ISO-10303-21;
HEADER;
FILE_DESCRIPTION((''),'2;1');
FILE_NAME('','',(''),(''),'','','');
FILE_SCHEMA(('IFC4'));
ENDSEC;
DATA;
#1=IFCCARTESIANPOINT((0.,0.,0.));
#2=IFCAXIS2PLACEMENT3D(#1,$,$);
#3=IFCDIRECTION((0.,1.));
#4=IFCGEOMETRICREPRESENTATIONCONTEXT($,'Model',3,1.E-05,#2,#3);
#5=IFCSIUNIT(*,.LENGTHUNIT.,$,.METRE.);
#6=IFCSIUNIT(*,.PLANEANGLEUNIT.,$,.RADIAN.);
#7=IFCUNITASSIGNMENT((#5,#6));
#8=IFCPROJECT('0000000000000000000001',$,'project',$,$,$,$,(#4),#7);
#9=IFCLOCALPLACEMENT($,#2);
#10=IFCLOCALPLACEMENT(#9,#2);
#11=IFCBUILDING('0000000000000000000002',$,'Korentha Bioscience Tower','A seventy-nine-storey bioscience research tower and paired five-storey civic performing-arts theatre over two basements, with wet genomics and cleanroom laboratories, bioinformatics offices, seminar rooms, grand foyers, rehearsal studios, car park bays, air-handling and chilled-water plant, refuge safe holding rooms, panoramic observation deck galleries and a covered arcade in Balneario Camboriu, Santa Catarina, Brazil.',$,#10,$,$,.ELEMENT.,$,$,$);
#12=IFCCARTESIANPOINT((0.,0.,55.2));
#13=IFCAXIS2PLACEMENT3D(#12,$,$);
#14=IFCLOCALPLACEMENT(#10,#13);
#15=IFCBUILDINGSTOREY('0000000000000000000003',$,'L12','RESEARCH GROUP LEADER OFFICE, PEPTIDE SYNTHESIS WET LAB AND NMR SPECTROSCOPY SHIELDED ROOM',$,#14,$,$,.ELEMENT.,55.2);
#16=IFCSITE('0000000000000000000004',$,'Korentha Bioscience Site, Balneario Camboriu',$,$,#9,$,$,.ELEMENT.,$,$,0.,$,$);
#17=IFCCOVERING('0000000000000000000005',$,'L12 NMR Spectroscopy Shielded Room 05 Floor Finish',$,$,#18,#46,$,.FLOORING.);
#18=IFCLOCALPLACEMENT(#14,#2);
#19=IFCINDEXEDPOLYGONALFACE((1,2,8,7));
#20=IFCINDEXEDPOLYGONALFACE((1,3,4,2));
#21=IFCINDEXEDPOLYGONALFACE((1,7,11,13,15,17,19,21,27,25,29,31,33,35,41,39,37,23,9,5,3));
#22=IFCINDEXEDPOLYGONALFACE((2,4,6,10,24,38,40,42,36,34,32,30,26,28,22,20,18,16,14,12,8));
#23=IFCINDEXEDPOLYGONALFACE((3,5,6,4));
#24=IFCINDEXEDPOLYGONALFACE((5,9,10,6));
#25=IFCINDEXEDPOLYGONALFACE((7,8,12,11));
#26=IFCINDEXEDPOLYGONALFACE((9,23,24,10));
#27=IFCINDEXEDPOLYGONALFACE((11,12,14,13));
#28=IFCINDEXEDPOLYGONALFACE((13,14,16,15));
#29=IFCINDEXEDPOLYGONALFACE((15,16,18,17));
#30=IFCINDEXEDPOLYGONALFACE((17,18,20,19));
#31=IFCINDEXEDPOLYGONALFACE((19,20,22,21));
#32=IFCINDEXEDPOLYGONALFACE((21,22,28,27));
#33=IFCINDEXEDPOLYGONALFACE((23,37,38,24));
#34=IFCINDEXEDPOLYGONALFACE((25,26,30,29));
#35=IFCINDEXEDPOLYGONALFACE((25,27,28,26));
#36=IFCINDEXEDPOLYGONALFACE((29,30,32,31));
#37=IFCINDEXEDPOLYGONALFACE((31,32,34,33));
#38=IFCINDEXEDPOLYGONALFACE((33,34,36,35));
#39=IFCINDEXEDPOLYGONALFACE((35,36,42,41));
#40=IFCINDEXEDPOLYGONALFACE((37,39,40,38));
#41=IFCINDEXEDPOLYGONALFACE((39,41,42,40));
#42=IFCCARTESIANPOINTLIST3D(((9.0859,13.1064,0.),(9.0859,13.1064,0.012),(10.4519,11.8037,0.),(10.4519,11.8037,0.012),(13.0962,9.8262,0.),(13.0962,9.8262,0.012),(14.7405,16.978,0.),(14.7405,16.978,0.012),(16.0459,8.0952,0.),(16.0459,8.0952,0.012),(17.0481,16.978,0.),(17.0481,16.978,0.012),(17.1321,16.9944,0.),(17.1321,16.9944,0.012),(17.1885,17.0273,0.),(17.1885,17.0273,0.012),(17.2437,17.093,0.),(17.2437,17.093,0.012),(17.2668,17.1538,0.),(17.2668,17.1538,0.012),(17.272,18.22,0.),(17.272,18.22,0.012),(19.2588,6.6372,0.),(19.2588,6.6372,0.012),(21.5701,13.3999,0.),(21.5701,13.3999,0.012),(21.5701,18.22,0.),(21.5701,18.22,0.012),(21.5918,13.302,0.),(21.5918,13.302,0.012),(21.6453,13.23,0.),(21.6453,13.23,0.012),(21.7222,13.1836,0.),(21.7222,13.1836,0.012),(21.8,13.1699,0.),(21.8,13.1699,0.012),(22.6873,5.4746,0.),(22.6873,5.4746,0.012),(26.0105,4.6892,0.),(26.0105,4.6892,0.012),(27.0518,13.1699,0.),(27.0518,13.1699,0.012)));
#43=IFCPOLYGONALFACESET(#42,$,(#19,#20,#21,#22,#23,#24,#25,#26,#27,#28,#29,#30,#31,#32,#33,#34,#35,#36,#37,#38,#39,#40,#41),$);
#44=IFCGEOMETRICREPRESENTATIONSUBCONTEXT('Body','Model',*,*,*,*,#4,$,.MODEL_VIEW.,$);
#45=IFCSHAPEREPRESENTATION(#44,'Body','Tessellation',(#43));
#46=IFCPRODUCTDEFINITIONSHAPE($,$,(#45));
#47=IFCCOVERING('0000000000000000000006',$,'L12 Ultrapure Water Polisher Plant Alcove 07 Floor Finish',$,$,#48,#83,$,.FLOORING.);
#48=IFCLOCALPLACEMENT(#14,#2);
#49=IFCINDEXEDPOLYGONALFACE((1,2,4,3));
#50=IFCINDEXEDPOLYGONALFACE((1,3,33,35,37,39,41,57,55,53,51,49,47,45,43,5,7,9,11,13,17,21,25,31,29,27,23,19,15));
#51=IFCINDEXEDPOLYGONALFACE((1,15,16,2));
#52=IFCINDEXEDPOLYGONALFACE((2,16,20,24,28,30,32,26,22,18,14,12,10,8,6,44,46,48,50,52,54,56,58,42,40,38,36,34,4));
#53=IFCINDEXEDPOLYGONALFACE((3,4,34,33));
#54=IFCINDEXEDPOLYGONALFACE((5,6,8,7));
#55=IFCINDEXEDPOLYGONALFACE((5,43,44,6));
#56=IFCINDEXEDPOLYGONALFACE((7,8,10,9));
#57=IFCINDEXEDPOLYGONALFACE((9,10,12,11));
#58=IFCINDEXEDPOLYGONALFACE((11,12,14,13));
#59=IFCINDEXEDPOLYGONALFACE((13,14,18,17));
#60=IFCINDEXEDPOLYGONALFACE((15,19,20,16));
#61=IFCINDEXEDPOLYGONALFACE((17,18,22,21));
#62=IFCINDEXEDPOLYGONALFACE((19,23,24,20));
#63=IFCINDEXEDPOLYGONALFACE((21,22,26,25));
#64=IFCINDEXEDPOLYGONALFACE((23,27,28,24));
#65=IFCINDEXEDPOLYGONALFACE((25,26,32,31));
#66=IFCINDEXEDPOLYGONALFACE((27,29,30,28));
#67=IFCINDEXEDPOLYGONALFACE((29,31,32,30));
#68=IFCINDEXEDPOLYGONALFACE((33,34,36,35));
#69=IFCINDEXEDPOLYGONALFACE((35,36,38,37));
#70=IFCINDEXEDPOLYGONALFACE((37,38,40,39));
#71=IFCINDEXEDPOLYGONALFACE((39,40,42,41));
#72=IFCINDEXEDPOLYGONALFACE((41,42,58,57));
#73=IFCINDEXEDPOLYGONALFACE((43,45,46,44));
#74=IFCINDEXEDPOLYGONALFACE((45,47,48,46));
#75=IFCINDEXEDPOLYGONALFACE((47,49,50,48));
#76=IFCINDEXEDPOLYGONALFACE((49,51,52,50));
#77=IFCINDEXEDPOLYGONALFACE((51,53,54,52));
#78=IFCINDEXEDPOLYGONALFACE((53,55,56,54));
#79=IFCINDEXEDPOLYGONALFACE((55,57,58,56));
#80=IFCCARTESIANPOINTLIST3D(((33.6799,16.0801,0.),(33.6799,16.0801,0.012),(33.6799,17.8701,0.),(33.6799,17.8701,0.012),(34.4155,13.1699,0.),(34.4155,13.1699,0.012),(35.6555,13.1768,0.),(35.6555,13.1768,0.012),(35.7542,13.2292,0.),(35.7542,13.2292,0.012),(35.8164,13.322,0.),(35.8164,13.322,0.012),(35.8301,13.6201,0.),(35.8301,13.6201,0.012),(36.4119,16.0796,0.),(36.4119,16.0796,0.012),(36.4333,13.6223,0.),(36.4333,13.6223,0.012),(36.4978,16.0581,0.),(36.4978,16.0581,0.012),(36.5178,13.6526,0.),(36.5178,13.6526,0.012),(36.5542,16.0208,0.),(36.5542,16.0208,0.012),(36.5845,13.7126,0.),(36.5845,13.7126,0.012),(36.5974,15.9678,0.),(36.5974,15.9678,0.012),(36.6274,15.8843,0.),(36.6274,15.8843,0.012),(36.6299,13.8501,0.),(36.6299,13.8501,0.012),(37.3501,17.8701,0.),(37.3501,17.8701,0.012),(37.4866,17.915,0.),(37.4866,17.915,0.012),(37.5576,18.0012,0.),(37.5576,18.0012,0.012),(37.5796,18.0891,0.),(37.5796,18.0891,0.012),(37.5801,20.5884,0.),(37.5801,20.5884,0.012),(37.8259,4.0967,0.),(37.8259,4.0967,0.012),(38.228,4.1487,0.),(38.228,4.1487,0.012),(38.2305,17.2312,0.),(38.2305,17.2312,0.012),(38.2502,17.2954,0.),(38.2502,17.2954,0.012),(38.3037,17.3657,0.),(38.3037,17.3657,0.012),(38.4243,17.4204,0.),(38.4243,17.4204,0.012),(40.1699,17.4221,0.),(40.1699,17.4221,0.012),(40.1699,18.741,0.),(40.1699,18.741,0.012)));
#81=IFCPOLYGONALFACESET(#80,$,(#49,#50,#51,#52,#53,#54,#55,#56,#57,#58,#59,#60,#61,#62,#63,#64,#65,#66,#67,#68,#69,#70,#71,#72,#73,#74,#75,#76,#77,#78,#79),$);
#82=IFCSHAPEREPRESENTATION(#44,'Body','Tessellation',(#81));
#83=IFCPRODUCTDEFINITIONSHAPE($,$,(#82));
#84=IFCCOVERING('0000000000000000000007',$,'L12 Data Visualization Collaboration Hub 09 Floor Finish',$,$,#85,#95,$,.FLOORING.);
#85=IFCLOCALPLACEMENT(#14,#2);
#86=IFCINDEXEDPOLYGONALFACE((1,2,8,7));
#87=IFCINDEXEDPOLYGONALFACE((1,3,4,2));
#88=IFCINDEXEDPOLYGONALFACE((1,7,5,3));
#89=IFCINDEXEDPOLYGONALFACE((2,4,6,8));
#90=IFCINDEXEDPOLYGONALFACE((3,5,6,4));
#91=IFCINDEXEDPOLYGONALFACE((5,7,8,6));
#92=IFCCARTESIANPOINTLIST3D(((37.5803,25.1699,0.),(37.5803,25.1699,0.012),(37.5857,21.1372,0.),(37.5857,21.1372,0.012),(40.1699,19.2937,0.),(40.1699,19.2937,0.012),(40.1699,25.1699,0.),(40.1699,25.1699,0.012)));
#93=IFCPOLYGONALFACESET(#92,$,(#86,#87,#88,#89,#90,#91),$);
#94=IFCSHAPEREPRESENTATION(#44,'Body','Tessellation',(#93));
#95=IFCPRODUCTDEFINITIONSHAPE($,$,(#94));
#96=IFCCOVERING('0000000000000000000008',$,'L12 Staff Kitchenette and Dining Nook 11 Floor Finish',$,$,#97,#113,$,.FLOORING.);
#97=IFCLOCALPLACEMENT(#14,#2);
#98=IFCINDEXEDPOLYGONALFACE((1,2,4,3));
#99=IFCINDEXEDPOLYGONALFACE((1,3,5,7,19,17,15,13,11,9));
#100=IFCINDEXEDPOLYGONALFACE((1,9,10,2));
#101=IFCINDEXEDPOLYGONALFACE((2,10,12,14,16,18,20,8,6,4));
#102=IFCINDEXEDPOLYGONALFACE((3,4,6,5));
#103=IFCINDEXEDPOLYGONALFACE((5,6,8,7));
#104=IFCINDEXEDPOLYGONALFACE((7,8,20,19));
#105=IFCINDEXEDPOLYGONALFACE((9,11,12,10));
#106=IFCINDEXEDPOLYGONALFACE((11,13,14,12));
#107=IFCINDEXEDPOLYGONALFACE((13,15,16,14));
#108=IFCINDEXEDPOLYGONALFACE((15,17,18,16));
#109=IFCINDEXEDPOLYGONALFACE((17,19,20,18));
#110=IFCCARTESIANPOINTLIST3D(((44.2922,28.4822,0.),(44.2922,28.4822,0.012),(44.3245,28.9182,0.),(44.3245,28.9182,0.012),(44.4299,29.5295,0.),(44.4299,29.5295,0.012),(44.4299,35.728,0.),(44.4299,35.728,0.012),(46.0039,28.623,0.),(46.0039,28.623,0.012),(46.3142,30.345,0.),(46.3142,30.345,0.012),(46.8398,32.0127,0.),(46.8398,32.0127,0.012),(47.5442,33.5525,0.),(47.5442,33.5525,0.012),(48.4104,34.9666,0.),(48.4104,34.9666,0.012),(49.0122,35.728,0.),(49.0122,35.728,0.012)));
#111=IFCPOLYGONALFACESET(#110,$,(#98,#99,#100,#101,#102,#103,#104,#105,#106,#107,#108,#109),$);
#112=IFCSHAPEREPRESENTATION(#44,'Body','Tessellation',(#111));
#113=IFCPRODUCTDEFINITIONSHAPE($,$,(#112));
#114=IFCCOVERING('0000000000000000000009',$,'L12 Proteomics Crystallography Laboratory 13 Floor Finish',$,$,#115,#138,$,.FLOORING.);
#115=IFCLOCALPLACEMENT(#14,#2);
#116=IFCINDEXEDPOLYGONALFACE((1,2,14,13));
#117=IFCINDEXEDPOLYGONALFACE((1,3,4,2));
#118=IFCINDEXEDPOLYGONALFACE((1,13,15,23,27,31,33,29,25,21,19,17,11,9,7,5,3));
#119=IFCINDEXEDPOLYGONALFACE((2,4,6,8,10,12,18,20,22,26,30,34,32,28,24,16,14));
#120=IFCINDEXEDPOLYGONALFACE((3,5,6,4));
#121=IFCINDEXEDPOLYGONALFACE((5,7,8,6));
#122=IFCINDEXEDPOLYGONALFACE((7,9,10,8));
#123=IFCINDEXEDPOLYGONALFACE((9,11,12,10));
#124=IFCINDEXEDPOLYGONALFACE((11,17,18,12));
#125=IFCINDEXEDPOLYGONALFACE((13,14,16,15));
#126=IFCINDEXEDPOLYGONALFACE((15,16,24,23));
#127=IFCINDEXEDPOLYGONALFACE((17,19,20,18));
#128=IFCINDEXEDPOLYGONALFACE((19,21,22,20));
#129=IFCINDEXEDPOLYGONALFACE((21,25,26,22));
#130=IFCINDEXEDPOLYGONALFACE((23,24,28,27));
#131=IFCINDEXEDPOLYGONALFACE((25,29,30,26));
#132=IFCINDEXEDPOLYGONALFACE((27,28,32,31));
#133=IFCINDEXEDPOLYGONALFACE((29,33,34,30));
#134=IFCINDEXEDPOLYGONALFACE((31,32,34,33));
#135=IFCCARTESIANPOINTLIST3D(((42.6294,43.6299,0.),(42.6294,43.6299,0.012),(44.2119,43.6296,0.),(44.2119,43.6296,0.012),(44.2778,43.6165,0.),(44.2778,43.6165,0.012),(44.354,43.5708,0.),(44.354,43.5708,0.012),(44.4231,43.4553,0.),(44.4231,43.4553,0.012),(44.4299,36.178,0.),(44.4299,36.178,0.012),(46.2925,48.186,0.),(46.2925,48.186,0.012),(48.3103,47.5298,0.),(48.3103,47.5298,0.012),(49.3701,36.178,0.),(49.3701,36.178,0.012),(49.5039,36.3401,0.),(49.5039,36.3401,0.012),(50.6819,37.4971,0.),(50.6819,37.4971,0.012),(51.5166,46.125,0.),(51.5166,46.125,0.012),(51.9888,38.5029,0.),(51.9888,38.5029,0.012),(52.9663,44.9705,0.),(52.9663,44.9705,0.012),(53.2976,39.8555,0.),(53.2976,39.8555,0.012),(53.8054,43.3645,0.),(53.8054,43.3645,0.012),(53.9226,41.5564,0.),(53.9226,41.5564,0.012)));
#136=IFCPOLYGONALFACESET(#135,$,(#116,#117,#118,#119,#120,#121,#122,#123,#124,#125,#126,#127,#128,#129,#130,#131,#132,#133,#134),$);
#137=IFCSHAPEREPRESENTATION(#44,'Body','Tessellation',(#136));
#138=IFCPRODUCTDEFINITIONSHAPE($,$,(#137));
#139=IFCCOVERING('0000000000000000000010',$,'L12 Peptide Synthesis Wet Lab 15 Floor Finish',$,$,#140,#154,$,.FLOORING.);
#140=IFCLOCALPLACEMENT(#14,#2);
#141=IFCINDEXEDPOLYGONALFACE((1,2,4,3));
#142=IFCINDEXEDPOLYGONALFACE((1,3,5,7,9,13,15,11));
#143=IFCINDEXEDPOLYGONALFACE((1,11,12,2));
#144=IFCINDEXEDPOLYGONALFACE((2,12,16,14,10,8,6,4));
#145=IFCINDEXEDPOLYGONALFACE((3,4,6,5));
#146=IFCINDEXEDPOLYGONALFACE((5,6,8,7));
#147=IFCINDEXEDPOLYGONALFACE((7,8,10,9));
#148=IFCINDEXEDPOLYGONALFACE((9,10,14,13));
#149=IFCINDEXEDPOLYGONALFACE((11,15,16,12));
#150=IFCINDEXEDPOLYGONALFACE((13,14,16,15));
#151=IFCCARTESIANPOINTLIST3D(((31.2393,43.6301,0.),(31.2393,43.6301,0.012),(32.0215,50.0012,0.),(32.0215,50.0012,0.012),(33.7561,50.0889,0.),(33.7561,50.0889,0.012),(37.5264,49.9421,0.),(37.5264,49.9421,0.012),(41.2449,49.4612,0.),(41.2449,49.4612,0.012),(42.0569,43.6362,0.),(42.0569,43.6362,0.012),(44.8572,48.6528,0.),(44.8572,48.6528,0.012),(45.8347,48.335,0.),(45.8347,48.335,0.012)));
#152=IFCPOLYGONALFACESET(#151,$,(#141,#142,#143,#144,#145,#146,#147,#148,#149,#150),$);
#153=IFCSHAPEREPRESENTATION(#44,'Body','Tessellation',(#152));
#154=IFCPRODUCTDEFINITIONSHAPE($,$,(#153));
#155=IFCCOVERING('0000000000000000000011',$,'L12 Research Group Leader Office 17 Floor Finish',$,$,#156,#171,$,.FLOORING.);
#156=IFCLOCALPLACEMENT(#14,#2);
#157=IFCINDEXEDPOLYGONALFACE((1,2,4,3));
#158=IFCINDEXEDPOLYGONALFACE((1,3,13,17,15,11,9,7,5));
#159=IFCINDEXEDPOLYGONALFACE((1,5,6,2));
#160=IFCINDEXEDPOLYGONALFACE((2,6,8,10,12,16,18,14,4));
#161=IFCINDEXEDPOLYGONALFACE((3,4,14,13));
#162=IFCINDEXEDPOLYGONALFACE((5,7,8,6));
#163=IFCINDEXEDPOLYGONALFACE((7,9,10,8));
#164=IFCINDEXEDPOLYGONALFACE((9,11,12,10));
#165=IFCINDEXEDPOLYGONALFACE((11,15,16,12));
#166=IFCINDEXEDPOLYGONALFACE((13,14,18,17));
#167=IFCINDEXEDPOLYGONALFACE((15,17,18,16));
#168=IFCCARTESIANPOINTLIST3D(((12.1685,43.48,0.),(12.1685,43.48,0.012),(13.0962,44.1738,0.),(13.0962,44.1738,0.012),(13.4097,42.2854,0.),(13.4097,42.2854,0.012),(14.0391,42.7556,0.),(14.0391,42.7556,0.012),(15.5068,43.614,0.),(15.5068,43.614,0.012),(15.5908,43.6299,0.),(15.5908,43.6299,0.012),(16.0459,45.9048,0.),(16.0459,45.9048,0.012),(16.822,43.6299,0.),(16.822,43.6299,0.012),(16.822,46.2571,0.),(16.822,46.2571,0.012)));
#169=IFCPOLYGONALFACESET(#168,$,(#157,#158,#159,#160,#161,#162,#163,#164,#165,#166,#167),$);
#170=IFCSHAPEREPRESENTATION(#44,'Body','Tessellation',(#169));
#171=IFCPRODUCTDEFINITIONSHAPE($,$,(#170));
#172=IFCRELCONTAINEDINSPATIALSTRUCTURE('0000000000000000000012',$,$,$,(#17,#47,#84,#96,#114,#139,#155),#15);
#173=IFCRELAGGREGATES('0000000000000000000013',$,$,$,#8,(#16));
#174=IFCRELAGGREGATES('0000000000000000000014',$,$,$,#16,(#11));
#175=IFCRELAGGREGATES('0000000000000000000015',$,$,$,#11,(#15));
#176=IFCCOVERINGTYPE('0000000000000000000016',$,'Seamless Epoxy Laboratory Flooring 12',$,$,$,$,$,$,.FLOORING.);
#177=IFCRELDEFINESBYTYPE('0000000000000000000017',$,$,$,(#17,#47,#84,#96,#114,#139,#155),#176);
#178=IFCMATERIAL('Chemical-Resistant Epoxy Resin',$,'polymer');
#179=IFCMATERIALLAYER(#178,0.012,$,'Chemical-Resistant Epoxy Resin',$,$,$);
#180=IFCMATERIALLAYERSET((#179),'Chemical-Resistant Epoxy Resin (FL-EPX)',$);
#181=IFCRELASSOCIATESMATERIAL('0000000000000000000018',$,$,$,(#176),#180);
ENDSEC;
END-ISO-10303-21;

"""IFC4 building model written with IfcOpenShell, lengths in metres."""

from ifc_helpers import new_model, si_unit, direction, frame, origin, place, context, subcontext, project, spatial, polyline, outline, extrude, material, layer, layer_set, type_object, element, save


model = new_model("IFC4")

# Units and contexts
model_context = context("Model", 3, precision=1e-05, world=origin(), true_north=direction((0.0, 1.0)))
body_context = subcontext(model_context, "Body", "Model", "MODEL_VIEW")
ifc_project = project(units=[si_unit("LENGTHUNIT", "METRE"), si_unit("PLANEANGLEUNIT", "RADIAN")], contexts=[model_context])

# Site, building, storey
site_placement = place(None, origin())
site = spatial("IfcSite", under=ifc_project, at=site_placement, Name="Korentha Bioscience Site, Balneario Camboriu", CompositionType="ELEMENT", RefElevation=0.0)
building_placement = place(site_placement, origin())
building = spatial("IfcBuilding", under=site, at=building_placement, Name="Korentha Bioscience Tower", Description="A seventy-nine-storey bioscience research tower and paired five-storey civic performing-arts theatre over two basements, with wet genomics and cleanroom laboratories, bioinformatics offices, seminar rooms, grand foyers, rehearsal studios, car park bays, air-handling and chilled-water plant, refuge safe holding rooms, panoramic observation deck galleries and a covered arcade in Balneario Camboriu, Santa Catarina, Brazil.", CompositionType="ELEMENT")
storey_placement = place(building_placement, frame((0.0, 0.0, 55.2)))
storey = spatial("IfcBuildingStorey", under=building, at=storey_placement, Name="L12", Description="RESEARCH GROUP LEADER OFFICE, PEPTIDE SYNTHESIS WET LAB AND NMR SPECTROSCOPY SHIELDED ROOM", CompositionType="ELEMENT", Elevation=55.2)

# Coverings
ifc_material_1 = material(Name="Chemical-Resistant Epoxy Resin", Category="polymer")
ifc_layer_1 = layer(ifc_material_1, 0.012, Name="Chemical-Resistant Epoxy Resin")
ifc_layer_set_1 = layer_set([ifc_layer_1], Name="Chemical-Resistant Epoxy Resin (FL-EPX)")
covering_type_1 = type_object("IfcCoveringType", Name="Seamless Epoxy Laboratory Flooring 12", PredefinedType="FLOORING", material=ifc_layer_set_1)
covering_1_placement = place(storey_placement, origin())
element("IfcCovering", 1, at=covering_1_placement, inside=storey, type_object=covering_type_1, Name="L12 NMR Spectroscopy Shielded Room 05 Floor Finish", PredefinedType="FLOORING", context=body_context, shape_type="SweptSolid", body=[
    extrude(outline(polyline([(17.0481, 16.978), (17.1321, 16.9944), (17.1885, 17.0273), (17.2437, 17.093), (17.2668, 17.1538), (17.272, 18.22), (21.5701, 18.22), (21.5701, 13.3999), (21.5918, 13.302), (21.6453, 13.23), (21.7222, 13.1836), (21.8, 13.1699), (27.0518, 13.1699), (26.0105, 4.6892), (22.6873, 5.4746), (19.2588, 6.6372), (16.0459, 8.0952), (13.0962, 9.8262), (10.4519, 11.8037), (9.0859, 13.1064), (14.7405, 16.978), (17.0481, 16.978)])), origin(), (0.0, 0.0, 1.0), 0.012),
])
covering_2_placement = place(storey_placement, origin())
element("IfcCovering", 2, at=covering_2_placement, inside=storey, type_object=covering_type_1, Name="L12 Ultrapure Water Polisher Plant Alcove 07 Floor Finish", PredefinedType="FLOORING", context=body_context, shape_type="SweptSolid", body=[
    extrude(outline(polyline([(34.4155, 13.1699), (35.6555, 13.1768), (35.7542, 13.2292), (35.8164, 13.322), (35.8301, 13.6201), (36.4333, 13.6223), (36.5178, 13.6526), (36.5845, 13.7126), (36.6299, 13.8501), (36.6274, 15.8843), (36.5974, 15.9678), (36.5542, 16.0208), (36.4978, 16.0581), (36.4119, 16.0796), (33.6799, 16.0801), (33.6799, 17.8701), (37.3501, 17.8701), (37.4866, 17.915), (37.5576, 18.0012), (37.5796, 18.0891), (37.5801, 20.5884), (40.1699, 18.741), (40.1699, 17.4221), (38.4243, 17.4204), (38.3037, 17.3657), (38.2502, 17.2954), (38.2305, 17.2312), (38.228, 4.1487), (37.8259, 4.0967), (34.4155, 13.1699)])), origin(), (0.0, 0.0, 1.0), 0.012),
])
covering_3_placement = place(storey_placement, origin())
element("IfcCovering", 3, at=covering_3_placement, inside=storey, type_object=covering_type_1, Name="L12 Data Visualization Collaboration Hub 09 Floor Finish", PredefinedType="FLOORING", context=body_context, shape_type="SweptSolid", body=[
    extrude(outline(polyline([(40.1699, 19.2937), (37.5857, 21.1372), (37.5803, 25.1699), (40.1699, 25.1699), (40.1699, 19.2937)])), origin(), (0.0, 0.0, 1.0), 0.012),
])
covering_4_placement = place(storey_placement, origin())
element("IfcCovering", 4, at=covering_4_placement, inside=storey, type_object=covering_type_1, Name="L12 Staff Kitchenette and Dining Nook 11 Floor Finish", PredefinedType="FLOORING", context=body_context, shape_type="SweptSolid", body=[
    extrude(outline(polyline([(46.8398, 32.0127), (46.3142, 30.345), (46.0039, 28.623), (44.2922, 28.4822), (44.3245, 28.9182), (44.4299, 29.5295), (44.4299, 35.728), (49.0122, 35.728), (48.4104, 34.9666), (47.5442, 33.5525), (46.8398, 32.0127)])), origin(), (0.0, 0.0, 1.0), 0.012),
])
covering_5_placement = place(storey_placement, origin())
element("IfcCovering", 5, at=covering_5_placement, inside=storey, type_object=covering_type_1, Name="L12 Proteomics Crystallography Laboratory 13 Floor Finish", PredefinedType="FLOORING", context=body_context, shape_type="SweptSolid", body=[
    extrude(outline(polyline([(44.4299, 36.178), (44.4231, 43.4553), (44.354, 43.5708), (44.2778, 43.6165), (44.2119, 43.6296), (42.6294, 43.6299), (46.2925, 48.186), (48.3103, 47.5298), (51.5166, 46.125), (52.9663, 44.9705), (53.8054, 43.3645), (53.9226, 41.5564), (53.2976, 39.8555), (51.9888, 38.5029), (50.6819, 37.4971), (49.5039, 36.3401), (49.3701, 36.178), (44.4299, 36.178)])), origin(), (0.0, 0.0, 1.0), 0.012),
])
covering_6_placement = place(storey_placement, origin())
element("IfcCovering", 6, at=covering_6_placement, inside=storey, type_object=covering_type_1, Name="L12 Peptide Synthesis Wet Lab 15 Floor Finish", PredefinedType="FLOORING", context=body_context, shape_type="SweptSolid", body=[
    extrude(outline(polyline([(33.7561, 50.0889), (37.5264, 49.9421), (41.2449, 49.4612), (44.8572, 48.6528), (45.8347, 48.335), (42.0569, 43.6362), (31.2393, 43.6301), (32.0215, 50.0012), (33.7561, 50.0889)])), origin(), (0.0, 0.0, 1.0), 0.012),
])
covering_7_placement = place(storey_placement, origin())
element("IfcCovering", 7, at=covering_7_placement, inside=storey, type_object=covering_type_1, Name="L12 Research Group Leader Office 17 Floor Finish", PredefinedType="FLOORING", context=body_context, shape_type="SweptSolid", body=[
    extrude(outline(polyline([(16.822, 46.2571), (16.822, 43.6299), (15.5908, 43.6299), (15.5068, 43.614), (14.0391, 42.7556), (13.4097, 42.2854), (12.1685, 43.48), (13.0962, 44.1738), (16.0459, 45.9048), (16.822, 46.2571)])), origin(), (0.0, 0.0, 1.0), 0.012),
])

save(model, "model.ifc")
